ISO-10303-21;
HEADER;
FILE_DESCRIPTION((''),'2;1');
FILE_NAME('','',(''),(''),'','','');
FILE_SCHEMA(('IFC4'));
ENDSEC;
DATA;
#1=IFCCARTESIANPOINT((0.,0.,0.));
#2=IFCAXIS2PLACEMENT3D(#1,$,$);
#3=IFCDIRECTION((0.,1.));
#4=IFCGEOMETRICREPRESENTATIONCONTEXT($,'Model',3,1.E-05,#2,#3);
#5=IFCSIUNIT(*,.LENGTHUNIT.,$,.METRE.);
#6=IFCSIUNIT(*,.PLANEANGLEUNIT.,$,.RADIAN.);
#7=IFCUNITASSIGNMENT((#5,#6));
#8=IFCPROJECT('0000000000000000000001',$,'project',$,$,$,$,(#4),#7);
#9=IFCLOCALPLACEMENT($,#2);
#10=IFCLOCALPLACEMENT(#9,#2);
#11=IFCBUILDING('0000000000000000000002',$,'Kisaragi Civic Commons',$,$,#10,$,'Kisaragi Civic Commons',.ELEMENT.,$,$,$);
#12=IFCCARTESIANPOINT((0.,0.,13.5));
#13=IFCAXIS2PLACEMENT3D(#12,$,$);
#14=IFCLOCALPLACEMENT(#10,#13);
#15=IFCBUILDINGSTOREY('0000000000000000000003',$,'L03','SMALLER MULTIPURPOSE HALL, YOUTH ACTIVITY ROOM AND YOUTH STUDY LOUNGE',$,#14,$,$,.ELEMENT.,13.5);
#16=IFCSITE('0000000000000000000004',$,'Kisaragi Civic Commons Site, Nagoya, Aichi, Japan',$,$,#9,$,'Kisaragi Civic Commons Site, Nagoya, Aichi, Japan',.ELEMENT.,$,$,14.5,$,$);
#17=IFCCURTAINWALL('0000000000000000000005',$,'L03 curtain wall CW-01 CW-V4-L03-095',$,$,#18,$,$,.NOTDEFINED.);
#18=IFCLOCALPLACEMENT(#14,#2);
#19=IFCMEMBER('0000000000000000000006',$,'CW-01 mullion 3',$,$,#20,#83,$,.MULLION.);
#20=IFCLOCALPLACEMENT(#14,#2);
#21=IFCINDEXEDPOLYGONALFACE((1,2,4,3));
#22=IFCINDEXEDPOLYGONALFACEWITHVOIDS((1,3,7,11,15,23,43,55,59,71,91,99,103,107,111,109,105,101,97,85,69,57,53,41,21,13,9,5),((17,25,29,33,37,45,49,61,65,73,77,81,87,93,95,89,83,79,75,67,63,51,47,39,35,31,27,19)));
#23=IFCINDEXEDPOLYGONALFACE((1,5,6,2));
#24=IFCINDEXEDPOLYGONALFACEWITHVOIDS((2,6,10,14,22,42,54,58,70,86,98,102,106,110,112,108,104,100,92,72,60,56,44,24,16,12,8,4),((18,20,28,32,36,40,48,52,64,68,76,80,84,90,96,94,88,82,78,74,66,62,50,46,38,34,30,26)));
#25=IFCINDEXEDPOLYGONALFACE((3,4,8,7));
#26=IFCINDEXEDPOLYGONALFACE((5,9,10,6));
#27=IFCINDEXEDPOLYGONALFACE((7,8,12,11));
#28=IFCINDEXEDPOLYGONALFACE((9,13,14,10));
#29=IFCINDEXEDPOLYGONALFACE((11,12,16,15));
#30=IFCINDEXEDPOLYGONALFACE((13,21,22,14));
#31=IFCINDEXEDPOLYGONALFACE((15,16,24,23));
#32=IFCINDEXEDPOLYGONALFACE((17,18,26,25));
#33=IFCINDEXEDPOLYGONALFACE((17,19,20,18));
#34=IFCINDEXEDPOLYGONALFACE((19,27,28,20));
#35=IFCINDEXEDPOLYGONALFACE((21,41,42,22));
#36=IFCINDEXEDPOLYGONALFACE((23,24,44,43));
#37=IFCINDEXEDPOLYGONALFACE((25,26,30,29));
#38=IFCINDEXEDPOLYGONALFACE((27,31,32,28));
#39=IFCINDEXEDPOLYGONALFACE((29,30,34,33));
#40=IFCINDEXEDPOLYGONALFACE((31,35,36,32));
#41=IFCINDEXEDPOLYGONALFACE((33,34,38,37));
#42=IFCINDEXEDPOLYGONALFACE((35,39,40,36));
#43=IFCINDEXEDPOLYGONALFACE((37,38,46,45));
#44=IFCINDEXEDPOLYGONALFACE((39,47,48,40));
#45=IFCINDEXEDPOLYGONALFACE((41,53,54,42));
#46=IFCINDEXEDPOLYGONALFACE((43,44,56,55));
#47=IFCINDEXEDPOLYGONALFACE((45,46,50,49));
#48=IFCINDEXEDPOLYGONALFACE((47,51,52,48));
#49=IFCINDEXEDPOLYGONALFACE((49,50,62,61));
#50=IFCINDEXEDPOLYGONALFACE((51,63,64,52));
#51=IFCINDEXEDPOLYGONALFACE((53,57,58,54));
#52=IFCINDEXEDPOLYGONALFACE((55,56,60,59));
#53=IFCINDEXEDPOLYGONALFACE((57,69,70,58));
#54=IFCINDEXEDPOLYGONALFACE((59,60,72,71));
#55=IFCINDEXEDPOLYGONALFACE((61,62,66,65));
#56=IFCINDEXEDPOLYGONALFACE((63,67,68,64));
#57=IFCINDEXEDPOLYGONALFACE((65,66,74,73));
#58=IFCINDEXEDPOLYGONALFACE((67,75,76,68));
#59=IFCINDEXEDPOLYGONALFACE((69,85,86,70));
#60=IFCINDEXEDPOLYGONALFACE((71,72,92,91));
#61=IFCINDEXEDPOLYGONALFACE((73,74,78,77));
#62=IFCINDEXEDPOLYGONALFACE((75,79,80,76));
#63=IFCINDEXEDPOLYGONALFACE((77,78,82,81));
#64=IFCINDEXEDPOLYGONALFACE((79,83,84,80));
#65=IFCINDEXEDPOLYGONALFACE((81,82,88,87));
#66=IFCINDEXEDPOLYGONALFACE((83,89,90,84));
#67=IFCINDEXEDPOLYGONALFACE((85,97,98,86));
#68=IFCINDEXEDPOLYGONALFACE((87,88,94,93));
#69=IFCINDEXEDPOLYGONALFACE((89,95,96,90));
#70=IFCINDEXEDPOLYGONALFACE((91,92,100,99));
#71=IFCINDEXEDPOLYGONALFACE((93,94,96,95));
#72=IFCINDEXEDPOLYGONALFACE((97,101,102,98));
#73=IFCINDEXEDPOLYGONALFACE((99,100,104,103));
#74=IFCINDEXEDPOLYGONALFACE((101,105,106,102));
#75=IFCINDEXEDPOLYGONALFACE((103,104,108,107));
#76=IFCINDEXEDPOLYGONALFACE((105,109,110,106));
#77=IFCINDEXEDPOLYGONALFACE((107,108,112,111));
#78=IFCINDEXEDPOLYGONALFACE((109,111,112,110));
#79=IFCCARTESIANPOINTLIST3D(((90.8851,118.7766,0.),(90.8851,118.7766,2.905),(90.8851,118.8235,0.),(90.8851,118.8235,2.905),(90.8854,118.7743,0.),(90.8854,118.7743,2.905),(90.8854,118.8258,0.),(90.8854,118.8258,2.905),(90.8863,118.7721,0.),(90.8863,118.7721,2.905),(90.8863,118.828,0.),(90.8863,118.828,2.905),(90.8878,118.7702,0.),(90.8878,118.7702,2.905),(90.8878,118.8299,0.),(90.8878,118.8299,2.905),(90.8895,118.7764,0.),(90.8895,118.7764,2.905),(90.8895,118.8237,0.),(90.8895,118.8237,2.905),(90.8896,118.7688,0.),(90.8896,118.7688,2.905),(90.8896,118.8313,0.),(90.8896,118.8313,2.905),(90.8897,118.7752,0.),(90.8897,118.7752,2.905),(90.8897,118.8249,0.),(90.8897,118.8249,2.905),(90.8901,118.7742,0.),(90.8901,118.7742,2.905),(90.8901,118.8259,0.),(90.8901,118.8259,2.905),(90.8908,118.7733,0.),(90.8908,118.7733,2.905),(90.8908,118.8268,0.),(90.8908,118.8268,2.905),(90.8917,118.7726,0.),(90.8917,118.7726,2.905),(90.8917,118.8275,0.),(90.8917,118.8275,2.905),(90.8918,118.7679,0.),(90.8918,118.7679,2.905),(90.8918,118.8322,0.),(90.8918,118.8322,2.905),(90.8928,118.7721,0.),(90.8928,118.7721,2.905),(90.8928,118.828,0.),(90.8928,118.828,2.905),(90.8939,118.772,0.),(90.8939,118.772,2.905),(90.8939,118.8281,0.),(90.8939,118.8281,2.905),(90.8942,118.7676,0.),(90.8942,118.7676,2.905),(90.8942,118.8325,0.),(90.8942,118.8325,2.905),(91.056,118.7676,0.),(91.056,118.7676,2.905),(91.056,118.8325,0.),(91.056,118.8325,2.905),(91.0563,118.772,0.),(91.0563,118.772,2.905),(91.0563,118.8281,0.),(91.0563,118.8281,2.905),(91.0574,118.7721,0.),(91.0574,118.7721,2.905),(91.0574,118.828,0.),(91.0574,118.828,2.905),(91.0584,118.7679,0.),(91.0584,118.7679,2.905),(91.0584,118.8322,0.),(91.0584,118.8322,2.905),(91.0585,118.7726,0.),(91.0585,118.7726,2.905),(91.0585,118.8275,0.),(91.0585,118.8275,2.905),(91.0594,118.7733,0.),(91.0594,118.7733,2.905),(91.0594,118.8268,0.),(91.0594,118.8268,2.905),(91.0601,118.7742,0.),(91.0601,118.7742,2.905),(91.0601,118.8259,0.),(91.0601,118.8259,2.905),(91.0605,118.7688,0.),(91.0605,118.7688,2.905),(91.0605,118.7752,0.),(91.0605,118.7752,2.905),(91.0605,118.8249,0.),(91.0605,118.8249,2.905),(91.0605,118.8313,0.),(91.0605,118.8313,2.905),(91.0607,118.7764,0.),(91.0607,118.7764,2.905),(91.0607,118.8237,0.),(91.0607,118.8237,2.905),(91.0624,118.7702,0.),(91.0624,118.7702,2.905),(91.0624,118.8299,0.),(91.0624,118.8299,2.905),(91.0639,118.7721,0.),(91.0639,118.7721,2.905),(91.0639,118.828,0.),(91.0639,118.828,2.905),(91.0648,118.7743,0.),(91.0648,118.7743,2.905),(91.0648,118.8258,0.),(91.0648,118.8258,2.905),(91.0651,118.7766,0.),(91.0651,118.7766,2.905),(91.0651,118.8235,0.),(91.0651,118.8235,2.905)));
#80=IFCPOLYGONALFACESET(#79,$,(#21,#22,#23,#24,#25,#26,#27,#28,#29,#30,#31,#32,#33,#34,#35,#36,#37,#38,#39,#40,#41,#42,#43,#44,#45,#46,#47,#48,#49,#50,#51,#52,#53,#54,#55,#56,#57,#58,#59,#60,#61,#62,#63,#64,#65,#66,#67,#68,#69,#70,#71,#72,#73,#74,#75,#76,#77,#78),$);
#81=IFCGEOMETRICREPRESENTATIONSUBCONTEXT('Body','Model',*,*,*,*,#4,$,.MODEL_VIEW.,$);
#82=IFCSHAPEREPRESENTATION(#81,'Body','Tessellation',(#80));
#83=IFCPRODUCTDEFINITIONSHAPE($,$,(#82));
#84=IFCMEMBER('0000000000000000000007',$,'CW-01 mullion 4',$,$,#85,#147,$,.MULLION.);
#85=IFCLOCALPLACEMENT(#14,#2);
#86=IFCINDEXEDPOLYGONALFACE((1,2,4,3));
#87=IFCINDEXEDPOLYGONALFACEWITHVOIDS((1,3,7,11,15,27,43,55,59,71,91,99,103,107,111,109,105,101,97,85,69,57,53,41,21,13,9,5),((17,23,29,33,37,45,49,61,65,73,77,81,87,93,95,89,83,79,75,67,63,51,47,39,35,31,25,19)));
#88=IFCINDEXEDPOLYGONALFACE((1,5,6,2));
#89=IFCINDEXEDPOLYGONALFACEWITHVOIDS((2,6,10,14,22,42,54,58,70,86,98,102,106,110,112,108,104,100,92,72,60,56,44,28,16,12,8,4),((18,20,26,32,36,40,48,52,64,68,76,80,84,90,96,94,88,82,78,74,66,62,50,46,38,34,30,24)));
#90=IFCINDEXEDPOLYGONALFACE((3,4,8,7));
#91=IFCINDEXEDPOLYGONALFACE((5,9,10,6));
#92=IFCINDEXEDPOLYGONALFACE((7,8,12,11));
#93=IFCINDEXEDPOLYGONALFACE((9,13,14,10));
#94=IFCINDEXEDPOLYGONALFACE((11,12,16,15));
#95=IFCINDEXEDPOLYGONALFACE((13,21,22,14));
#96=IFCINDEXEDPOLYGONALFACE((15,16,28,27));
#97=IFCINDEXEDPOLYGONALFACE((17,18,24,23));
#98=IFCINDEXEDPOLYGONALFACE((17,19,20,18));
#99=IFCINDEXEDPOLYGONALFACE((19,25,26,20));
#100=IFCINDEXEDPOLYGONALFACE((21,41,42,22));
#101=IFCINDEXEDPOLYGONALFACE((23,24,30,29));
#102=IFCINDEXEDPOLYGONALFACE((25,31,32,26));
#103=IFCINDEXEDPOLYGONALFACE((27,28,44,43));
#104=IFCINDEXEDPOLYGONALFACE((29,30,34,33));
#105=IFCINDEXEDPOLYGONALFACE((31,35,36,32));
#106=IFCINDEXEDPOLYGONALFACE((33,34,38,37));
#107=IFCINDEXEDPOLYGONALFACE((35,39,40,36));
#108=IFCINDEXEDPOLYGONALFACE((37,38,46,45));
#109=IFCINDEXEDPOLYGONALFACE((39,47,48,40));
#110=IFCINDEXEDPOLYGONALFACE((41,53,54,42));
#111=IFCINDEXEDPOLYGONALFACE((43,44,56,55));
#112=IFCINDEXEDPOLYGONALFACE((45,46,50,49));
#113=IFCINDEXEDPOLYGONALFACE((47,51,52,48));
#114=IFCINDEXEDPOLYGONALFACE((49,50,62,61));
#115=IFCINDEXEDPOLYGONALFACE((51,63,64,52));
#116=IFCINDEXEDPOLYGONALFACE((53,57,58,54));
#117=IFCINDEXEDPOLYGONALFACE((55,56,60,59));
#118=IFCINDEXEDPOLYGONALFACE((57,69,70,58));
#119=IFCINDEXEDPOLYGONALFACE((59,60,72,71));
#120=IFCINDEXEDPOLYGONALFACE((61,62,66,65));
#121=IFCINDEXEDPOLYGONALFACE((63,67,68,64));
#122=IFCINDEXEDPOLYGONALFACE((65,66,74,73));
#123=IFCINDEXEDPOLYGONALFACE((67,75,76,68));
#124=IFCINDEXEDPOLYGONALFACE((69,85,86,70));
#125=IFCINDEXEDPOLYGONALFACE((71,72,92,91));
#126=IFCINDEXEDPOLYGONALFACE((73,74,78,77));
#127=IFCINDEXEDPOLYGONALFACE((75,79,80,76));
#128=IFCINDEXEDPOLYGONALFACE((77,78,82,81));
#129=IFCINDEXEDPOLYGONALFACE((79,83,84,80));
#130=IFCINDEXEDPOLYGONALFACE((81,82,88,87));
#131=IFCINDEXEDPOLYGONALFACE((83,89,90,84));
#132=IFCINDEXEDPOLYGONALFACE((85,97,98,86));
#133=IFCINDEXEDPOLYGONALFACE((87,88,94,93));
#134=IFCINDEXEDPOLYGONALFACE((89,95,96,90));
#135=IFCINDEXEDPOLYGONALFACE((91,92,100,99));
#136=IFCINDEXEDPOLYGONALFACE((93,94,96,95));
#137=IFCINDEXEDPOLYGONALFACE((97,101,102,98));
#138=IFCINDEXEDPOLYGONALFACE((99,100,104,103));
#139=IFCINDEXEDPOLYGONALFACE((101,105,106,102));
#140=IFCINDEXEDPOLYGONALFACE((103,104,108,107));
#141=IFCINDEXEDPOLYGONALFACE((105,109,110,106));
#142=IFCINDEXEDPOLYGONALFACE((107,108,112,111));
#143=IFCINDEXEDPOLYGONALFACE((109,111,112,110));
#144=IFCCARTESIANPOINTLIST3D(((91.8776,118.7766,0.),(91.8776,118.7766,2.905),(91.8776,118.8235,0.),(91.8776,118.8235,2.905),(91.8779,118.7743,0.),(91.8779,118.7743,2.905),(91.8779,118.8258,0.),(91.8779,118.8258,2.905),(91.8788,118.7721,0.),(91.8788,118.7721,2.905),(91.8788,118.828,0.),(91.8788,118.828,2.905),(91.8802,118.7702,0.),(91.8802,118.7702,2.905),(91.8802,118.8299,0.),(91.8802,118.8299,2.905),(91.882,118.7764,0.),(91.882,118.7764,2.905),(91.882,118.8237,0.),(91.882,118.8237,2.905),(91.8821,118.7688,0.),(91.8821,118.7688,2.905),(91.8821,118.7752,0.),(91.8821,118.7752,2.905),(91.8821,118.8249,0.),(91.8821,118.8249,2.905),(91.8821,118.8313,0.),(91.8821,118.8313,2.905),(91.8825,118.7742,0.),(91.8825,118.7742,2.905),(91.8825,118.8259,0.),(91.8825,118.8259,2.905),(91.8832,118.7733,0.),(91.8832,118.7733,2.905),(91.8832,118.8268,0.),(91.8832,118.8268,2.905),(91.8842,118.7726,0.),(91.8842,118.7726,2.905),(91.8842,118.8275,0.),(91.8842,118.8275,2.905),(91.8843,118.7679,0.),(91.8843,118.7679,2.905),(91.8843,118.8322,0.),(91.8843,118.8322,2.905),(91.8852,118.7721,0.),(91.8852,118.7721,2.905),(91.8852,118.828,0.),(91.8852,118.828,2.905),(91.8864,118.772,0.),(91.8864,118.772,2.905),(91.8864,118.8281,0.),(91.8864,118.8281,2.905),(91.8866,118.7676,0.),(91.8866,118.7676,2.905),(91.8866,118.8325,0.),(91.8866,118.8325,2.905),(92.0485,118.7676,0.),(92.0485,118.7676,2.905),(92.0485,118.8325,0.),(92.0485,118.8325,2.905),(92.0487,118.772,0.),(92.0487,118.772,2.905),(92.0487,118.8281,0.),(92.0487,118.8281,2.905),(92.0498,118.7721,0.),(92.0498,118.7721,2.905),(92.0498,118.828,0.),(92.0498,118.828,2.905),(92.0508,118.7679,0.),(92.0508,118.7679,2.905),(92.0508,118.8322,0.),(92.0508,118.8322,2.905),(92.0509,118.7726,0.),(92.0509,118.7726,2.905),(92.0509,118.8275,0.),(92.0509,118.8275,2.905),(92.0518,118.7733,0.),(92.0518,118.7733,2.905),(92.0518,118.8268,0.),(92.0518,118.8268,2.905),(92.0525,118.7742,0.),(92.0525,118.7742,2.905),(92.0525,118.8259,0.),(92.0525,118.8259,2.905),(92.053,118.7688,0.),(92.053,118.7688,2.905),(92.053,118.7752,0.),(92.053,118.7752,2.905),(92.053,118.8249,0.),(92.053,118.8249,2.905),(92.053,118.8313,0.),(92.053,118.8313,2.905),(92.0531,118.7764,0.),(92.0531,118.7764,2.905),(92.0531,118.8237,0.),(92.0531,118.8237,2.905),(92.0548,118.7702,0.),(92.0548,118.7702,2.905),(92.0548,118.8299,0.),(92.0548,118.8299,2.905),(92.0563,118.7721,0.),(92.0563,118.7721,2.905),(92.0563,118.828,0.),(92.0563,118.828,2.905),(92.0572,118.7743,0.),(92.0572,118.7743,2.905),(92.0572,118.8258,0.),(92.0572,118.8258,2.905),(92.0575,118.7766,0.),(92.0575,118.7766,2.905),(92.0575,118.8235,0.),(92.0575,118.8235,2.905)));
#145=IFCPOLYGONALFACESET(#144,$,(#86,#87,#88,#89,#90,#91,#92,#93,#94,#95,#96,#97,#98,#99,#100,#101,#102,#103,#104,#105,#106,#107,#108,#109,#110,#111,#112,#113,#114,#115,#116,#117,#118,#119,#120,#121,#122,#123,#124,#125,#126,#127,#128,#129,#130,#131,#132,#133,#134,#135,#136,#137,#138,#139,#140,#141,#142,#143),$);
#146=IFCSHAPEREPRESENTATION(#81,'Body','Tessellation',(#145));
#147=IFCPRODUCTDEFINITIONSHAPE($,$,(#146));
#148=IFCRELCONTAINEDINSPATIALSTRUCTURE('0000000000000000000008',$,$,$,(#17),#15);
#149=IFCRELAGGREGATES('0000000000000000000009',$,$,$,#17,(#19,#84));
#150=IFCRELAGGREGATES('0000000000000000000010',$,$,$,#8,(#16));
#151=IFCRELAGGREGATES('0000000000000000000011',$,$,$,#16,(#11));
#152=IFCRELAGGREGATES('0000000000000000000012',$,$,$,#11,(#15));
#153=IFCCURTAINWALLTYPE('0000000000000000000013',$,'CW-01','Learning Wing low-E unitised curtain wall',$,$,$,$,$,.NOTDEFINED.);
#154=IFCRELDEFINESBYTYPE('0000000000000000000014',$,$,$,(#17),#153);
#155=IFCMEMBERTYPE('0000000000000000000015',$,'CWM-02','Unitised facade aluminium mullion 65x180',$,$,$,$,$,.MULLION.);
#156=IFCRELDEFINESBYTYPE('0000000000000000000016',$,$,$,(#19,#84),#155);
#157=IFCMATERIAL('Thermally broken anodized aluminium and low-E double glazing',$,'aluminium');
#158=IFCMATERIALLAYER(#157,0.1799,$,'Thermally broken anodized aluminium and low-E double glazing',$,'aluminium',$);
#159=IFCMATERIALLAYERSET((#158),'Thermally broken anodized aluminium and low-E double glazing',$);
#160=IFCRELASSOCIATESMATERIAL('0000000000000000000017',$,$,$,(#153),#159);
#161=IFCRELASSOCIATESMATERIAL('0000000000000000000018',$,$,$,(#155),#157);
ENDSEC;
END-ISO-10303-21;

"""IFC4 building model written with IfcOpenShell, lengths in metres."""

from ifc_helpers import new_model, si_unit, direction, frame, origin, origin_2d, place, context, subcontext, project, spatial, hollow_rectangle, extrude, material, layer, layer_set, material_profile, profile_set, type_object, element, aggregate, save


model = new_model("IFC4")

# Units and contexts
model_context = context("Model", 3, precision=1e-05, world=origin(), true_north=direction((0.0, 1.0)))
body_context = subcontext(model_context, "Body", "Model", "MODEL_VIEW")
ifc_project = project(units=[si_unit("LENGTHUNIT", "METRE"), si_unit("PLANEANGLEUNIT", "RADIAN")], contexts=[model_context])

# Site, building, storey
site_placement = place(None, origin())
site = spatial("IfcSite", under=ifc_project, at=site_placement, Name="Kisaragi Civic Commons Site, Nagoya, Aichi, Japan", LongName="Kisaragi Civic Commons Site, Nagoya, Aichi, Japan", CompositionType="ELEMENT", RefElevation=14.5)
building_placement = place(site_placement, origin())
building = spatial("IfcBuilding", under=site, at=building_placement, Name="Kisaragi Civic Commons", LongName="Kisaragi Civic Commons", CompositionType="ELEMENT")
storey_placement = place(building_placement, frame((0.0, 0.0, 13.5)))
storey = spatial("IfcBuildingStorey", under=building, at=storey_placement, Name="L03", Description="SMALLER MULTIPURPOSE HALL, YOUTH ACTIVITY ROOM AND YOUTH STUDY LOUNGE", CompositionType="ELEMENT", Elevation=13.5)

# Curtain wall, members
ifc_material_1 = material(Name="Thermally broken anodized aluminium and low-E double glazing", Category="aluminium")
ifc_layer_1 = layer(ifc_material_1, 0.1799, Name="Thermally broken anodized aluminium and low-E double glazing", Category="aluminium")
ifc_layer_set_1 = layer_set([ifc_layer_1], Name="Thermally broken anodized aluminium and low-E double glazing")
curtain_wall_type = type_object("IfcCurtainWallType", Name="CW-01", Description="Learning Wing low-E unitised curtain wall", PredefinedType="NOTDEFINED", material=ifc_layer_set_1)
curtain_wall_1_placement = place(storey_placement, origin())
curtain_wall_1 = element("IfcCurtainWall", 1, at=curtain_wall_1_placement, inside=storey, type_object=curtain_wall_type, Name="L03 curtain wall CW-01 CW-V4-L03-095", PredefinedType="NOTDEFINED")
ifc_material_profile_1 = material_profile(ifc_material_1, hollow_rectangle(XDim=0.0649, YDim=0.1799, WallThickness=0.0044, InnerFilletRadius=0.0044, OuterFilletRadius=0.009, at=origin_2d()), Name="CWM-65x180x4.5", Category="aluminium")
ifc_profile_set_1 = profile_set([ifc_material_profile_1], Name="Thermally broken anodized aluminium and low-E double glazing")
member_type_1 = type_object("IfcMemberType", Name="CWM-02", Description="Unitised facade aluminium mullion 65x180", PredefinedType="MULLION", material=ifc_profile_set_1)
member_1_placement = place(storey_placement, frame((90.9751, 118.8, 0.0), z_axis=(0.0, 0.0, 1.0), x_axis=(0.0, 1.0, 0.0)))
member_1 = element("IfcMember", 2, at=member_1_placement, type_object=member_type_1, Name="CW-01 mullion 3", PredefinedType="MULLION", context=body_context, shape_type="SweptSolid", body=[
    extrude(hollow_rectangle(XDim=0.0649, YDim=0.1799, WallThickness=0.0044, InnerFilletRadius=0.0044, OuterFilletRadius=0.009, at=origin_2d()), origin(), (0.0, 0.0, 1.0), 2.905),
])
member_2_placement = place(storey_placement, frame((91.9675, 118.8, 0.0), z_axis=(0.0, 0.0, 1.0), x_axis=(0.0, 1.0, 0.0)))
member_2 = element("IfcMember", 3, at=member_2_placement, type_object=member_type_1, Name="CW-01 mullion 4", PredefinedType="MULLION", context=body_context, shape_type="SweptSolid", body=[
    extrude(hollow_rectangle(XDim=0.0649, YDim=0.1799, WallThickness=0.0044, InnerFilletRadius=0.0044, OuterFilletRadius=0.009, at=origin_2d()), origin(), (0.0, 0.0, 1.0), 2.905),
])

aggregate(curtain_wall_1, [member_1, member_2])

save(model, "model.ifc")
